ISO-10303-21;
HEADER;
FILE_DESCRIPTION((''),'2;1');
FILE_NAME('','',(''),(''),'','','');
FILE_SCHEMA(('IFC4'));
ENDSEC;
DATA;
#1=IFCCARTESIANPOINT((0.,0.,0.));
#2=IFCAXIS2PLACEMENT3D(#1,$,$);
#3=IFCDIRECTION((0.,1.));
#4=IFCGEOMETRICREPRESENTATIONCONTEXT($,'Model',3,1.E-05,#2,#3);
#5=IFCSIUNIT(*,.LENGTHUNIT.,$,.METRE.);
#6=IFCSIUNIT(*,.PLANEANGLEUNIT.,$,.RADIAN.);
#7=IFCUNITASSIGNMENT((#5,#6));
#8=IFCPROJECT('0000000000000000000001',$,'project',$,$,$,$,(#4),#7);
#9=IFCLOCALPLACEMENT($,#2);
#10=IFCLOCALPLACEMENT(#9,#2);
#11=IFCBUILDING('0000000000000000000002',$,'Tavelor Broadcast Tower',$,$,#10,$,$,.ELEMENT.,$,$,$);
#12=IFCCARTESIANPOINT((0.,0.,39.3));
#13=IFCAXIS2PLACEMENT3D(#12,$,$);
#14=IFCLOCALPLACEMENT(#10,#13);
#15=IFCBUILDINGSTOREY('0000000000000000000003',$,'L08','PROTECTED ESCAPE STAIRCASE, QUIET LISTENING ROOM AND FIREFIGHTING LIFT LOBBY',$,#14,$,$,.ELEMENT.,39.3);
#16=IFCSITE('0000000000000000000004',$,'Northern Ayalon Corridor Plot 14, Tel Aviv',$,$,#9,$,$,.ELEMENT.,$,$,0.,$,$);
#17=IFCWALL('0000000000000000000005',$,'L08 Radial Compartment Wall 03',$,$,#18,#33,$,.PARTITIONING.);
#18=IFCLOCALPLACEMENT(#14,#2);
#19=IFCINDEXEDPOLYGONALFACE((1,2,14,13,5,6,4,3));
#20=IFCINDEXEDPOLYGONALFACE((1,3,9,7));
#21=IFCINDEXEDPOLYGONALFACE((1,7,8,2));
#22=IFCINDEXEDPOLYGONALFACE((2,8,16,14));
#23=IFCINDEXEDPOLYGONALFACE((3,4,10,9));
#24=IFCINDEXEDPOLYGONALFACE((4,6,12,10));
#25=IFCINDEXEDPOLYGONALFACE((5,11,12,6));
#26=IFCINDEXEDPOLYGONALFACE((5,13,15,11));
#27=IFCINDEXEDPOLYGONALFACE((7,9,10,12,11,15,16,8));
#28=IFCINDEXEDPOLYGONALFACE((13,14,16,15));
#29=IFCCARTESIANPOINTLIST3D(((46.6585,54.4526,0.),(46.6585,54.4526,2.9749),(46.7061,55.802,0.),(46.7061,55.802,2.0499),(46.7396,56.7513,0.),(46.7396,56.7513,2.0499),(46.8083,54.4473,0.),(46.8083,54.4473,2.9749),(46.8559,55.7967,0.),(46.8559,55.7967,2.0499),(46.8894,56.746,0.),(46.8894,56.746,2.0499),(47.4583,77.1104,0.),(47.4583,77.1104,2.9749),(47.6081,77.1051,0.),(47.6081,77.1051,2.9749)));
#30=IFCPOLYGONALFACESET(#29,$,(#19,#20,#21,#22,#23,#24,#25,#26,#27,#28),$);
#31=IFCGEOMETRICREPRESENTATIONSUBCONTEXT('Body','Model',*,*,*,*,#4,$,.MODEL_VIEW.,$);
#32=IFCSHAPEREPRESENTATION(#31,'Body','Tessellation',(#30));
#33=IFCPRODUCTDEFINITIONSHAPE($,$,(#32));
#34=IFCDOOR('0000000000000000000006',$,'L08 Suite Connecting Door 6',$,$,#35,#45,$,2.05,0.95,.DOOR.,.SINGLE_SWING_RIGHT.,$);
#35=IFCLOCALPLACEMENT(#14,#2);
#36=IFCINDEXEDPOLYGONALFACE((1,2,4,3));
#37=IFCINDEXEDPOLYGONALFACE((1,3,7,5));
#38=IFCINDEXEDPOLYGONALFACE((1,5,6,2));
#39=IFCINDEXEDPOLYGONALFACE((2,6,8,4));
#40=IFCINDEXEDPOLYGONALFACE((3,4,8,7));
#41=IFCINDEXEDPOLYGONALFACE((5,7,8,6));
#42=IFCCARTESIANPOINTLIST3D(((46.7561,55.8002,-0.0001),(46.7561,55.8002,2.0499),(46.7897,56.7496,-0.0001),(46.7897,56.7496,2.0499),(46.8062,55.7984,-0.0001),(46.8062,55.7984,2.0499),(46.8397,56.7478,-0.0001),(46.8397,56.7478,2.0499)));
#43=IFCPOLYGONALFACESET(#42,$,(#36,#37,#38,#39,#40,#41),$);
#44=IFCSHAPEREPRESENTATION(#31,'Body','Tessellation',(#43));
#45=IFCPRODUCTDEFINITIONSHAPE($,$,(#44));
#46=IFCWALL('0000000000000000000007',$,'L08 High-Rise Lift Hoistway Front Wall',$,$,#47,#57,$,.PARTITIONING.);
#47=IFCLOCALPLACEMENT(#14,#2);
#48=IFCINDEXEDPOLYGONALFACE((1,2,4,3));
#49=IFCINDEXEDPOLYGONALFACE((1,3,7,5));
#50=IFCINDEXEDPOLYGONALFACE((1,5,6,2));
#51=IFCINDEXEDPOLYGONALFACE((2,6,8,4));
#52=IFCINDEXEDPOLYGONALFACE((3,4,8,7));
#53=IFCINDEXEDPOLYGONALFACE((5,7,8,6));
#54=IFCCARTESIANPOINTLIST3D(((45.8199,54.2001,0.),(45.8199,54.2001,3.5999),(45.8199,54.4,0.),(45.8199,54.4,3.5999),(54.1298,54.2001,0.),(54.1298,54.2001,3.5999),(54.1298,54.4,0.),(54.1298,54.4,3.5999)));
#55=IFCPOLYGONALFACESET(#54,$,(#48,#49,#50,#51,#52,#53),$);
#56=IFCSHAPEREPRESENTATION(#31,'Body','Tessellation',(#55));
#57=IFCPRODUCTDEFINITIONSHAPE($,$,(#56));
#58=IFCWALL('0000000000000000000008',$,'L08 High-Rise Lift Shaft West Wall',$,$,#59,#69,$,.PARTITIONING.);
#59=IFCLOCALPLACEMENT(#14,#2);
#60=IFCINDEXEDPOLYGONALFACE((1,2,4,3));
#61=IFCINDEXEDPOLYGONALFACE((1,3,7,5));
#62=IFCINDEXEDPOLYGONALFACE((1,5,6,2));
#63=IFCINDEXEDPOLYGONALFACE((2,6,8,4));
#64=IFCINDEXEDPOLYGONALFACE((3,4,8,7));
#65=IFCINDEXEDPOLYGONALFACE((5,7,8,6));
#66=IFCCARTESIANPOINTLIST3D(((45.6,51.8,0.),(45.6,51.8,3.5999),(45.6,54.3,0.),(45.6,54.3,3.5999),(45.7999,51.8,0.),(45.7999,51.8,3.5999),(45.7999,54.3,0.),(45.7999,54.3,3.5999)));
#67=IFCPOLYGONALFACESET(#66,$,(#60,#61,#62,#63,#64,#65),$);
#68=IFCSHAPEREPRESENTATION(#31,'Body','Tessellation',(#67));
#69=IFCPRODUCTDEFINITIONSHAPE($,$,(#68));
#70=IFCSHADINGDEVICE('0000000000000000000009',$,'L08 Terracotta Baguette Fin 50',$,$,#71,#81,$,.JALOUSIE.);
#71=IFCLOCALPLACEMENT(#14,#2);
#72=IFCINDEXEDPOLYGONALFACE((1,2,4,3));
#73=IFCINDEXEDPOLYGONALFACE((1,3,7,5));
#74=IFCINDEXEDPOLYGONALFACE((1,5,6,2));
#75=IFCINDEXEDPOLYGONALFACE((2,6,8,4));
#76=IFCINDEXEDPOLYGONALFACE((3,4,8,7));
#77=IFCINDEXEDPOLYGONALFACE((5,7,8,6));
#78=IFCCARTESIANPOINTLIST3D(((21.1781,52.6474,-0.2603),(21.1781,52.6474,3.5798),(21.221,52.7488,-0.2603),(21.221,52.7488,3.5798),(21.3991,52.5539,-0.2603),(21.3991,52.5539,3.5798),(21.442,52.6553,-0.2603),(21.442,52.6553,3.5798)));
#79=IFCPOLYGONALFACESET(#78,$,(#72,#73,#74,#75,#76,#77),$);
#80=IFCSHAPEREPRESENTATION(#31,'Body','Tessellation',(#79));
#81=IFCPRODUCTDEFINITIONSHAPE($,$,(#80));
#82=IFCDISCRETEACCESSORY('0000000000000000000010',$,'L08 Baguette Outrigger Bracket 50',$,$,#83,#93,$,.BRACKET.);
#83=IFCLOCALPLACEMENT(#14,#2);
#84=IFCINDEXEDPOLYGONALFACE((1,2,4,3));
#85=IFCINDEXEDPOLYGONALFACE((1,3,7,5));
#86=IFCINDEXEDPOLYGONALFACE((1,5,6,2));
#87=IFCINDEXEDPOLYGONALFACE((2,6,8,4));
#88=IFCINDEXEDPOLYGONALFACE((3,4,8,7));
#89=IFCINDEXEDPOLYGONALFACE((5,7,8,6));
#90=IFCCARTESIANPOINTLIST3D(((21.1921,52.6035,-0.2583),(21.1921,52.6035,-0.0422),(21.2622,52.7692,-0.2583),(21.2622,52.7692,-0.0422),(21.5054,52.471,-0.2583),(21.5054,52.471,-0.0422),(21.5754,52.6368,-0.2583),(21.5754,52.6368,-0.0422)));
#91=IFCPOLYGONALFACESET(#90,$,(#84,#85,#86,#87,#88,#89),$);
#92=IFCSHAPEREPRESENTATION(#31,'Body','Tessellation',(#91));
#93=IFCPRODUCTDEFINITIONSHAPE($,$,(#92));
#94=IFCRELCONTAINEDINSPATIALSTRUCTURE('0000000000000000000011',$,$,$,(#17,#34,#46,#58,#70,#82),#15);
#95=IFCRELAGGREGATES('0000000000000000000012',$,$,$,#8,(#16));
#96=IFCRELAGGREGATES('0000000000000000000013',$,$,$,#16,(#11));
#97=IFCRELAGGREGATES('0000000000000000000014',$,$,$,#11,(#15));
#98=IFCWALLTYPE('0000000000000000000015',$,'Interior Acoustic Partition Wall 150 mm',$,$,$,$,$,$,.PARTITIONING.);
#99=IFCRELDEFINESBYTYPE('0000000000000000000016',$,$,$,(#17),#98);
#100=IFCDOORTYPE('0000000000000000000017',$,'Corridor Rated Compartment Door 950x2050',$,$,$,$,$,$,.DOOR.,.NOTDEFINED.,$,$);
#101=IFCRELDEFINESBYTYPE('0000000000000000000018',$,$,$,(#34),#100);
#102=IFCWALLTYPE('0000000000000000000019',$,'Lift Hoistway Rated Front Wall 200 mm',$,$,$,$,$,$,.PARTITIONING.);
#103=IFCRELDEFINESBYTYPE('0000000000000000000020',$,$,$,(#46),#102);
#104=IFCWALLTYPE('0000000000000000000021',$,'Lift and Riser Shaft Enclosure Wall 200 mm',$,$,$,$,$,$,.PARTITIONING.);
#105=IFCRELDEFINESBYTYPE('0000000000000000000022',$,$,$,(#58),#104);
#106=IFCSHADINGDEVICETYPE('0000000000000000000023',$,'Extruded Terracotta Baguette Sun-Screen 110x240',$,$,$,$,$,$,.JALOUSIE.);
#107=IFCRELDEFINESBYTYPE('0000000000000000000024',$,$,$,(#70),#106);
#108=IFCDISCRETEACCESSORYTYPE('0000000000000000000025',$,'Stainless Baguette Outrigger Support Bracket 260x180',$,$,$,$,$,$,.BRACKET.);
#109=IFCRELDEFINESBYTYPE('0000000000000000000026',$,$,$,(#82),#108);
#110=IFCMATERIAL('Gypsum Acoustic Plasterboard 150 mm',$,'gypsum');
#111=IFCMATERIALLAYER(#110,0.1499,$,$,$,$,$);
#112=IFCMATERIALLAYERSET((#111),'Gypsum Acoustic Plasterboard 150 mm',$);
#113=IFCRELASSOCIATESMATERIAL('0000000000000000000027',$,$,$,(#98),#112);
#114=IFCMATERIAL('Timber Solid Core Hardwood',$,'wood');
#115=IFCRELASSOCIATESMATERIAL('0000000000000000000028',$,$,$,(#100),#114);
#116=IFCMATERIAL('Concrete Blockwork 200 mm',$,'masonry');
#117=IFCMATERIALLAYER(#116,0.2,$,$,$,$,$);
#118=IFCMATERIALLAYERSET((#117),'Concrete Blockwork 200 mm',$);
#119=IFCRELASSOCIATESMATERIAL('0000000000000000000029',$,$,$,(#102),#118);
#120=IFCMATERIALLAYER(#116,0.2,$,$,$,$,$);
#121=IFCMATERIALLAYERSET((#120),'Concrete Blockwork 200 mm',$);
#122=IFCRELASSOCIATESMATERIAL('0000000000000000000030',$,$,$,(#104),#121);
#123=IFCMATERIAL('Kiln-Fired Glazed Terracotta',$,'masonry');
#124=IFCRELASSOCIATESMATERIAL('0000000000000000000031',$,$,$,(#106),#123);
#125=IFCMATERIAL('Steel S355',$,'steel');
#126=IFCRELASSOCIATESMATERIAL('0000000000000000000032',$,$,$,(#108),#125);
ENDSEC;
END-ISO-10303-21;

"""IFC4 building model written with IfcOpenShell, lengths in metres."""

from ifc_helpers import new_model, si_unit, direction, frame, frame_2d, origin, origin_2d, place, context, subcontext, project, spatial, rectangle, extrude, source, transform, mapped, material, layer, layer_set, type_object, type_shapes, element, fill, save


model = new_model("IFC4")

# Units and contexts
model_context = context("Model", 3, precision=1e-05, world=origin(), true_north=direction((0.0, 1.0)))
body_context = subcontext(model_context, "Body", "Model", "MODEL_VIEW")
ifc_project = project(units=[si_unit("LENGTHUNIT", "METRE"), si_unit("PLANEANGLEUNIT", "RADIAN")], contexts=[model_context])

# Site, building, storey
site_placement = place(None, origin())
site = spatial("IfcSite", under=ifc_project, at=site_placement, Name="Northern Ayalon Corridor Plot 14, Tel Aviv", CompositionType="ELEMENT", RefElevation=0.0)
building_placement = place(site_placement, origin())
building = spatial("IfcBuilding", under=site, at=building_placement, Name="Tavelor Broadcast Tower", CompositionType="ELEMENT")
storey_placement = place(building_placement, frame((0.0, 0.0, 39.3)))
storey = spatial("IfcBuildingStorey", under=building, at=storey_placement, Name="L08", Description="PROTECTED ESCAPE STAIRCASE, QUIET LISTENING ROOM AND FIREFIGHTING LIFT LOBBY", CompositionType="ELEMENT", Elevation=39.3)

# Shared definitions
ifc_material_1 = material(Name="Steel S355", Category="steel")

# Wall, opening, door
ifc_material_2 = material(Name="Gypsum Acoustic Plasterboard 150 mm", Category="gypsum")
ifc_layer_1 = layer(ifc_material_2, 0.1499)
ifc_layer_set_1 = layer_set([ifc_layer_1], Name="Gypsum Acoustic Plasterboard 150 mm")
wall_type_1 = type_object("IfcWallType", Name="Interior Acoustic Partition Wall 150 mm", PredefinedType="PARTITIONING", material=ifc_layer_set_1)
wall_1_placement = place(storey_placement, frame((46.7334, 54.45, 0.0), z_axis=(0.0, 0.0, 1.0), x_axis=(0.035277, 0.999378, 0.0)))
wall_1 = element("IfcWall", 1, at=wall_1_placement, inside=storey, type_object=wall_type_1, Name="L08 Radial Compartment Wall 03", PredefinedType="PARTITIONING", context=body_context, shape_type="SweptSolid", body=[
    extrude(rectangle(XDim=22.6719, YDim=0.1499, at=frame_2d((11.3359, 0.0))), origin(), (0.0, 0.0, 1.0), 2.9749),
])
opening_1_placement = place(wall_1_placement, frame((1.3501, 0.0, 0.0)))
opening_1 = element("IfcOpeningElement", 2, at=opening_1_placement, cuts=wall_1, PredefinedType="OPENING", context=body_context, shape_type="SweptSolid", body=[
    extrude(rectangle(XDim=0.95, YDim=2.05, at=frame_2d((0.4751, 1.0249))), frame((0.0, 0.085, 0.0), z_axis=(0.0, -1.0, 0.0), x_axis=(1.0, 0.0, 0.0)), (0.0, 0.0, 1.0), 0.1699),
])
ifc_material_3 = material(Name="Timber Solid Core Hardwood", Category="wood")
door_type_1 = type_object("IfcDoorType", Name="Corridor Rated Compartment Door 950x2050", OperationType="NOTDEFINED", PredefinedType="DOOR", material=ifc_material_3)
door_1_placement = place(opening_1_placement, origin())
door_1 = element("IfcDoor", 3, at=door_1_placement, inside=storey, type_object=door_type_1, Name="L08 Suite Connecting Door 6", OperationType="SINGLE_SWING_RIGHT", OverallHeight=2.05, OverallWidth=0.95, PredefinedType="DOOR", context=body_context, shape_type="SweptSolid", body=[
    extrude(rectangle(XDim=0.95, YDim=2.05, at=frame_2d((0.4751, 1.0249))), frame((0.0, 0.0249, 0.0), z_axis=(0.0, -1.0, 0.0), x_axis=(1.0, 0.0, 0.0)), (0.0, 0.0, 1.0), 0.05),
])
fill(opening_1, door_1)

# Walls
ifc_material_4 = material(Name="Concrete Blockwork 200 mm", Category="masonry")
ifc_layer_2 = layer(ifc_material_4, 0.2)
ifc_layer_set_2 = layer_set([ifc_layer_2], Name="Concrete Blockwork 200 mm")
wall_type_2 = type_object("IfcWallType", Name="Lift Hoistway Rated Front Wall 200 mm", PredefinedType="PARTITIONING", material=ifc_layer_set_2)
wall_2_placement = place(storey_placement, frame((45.8201, 54.3, 0.0), z_axis=(0.0, 0.0, 1.0), x_axis=(1.0, 0.0, 0.0)))
element("IfcWall", 4, at=wall_2_placement, inside=storey, type_object=wall_type_2, Name="L08 High-Rise Lift Hoistway Front Wall", PredefinedType="PARTITIONING", context=body_context, shape_type="SweptSolid", body=[
    extrude(rectangle(XDim=8.3098, YDim=0.2, at=frame_2d((4.1548, 0.0))), origin(), (0.0, 0.0, 1.0), 3.5999),
])
ifc_layer_3 = layer(ifc_material_4, 0.2)
ifc_layer_set_3 = layer_set([ifc_layer_3], Name="Concrete Blockwork 200 mm")
wall_type_3 = type_object("IfcWallType", Name="Lift and Riser Shaft Enclosure Wall 200 mm", PredefinedType="PARTITIONING", material=ifc_layer_set_3)
wall_3_placement = place(storey_placement, frame((45.7, 51.8, 0.0), z_axis=(0.0, 0.0, 1.0), x_axis=(0.0, 1.0, 0.0)))
element("IfcWall", 5, at=wall_3_placement, inside=storey, type_object=wall_type_3, Name="L08 High-Rise Lift Shaft West Wall", PredefinedType="PARTITIONING", context=body_context, shape_type="SweptSolid", body=[
    extrude(rectangle(XDim=2.5, YDim=0.2, at=frame_2d((1.25, 0.0))), origin(), (0.0, 0.0, 1.0), 3.5999),
])

# Shading device
ifc_material_5 = material(Name="Kiln-Fired Glazed Terracotta", Category="masonry")
shading_device_type = type_object("IfcShadingDeviceType", Name="Extruded Terracotta Baguette Sun-Screen 110x240", PredefinedType="JALOUSIE", material=ifc_material_5)
shared_shape_1 = source(origin(), body_context, "Body", "SweptSolid", [
    extrude(rectangle(XDim=0.1101, YDim=0.24, at=origin_2d()), origin(), (0.0, 0.0, 1.0), 3.8401),
])
type_shapes(shading_device_type, [shared_shape_1])
shading_device_placement = place(storey_placement, frame((21.3101, 52.6514, -0.2603), z_axis=(0.0, 0.0, 1.0), x_axis=(-0.389445, -0.92105, 0.0)))
element("IfcShadingDevice", 6, at=shading_device_placement, inside=storey, type_object=shading_device_type, Name="L08 Terracotta Baguette Fin 50", PredefinedType="JALOUSIE", context=body_context, shape_type="MappedRepresentation", body=[
    mapped(shared_shape_1, transform((0.0, 0.0, 0.0), scale=1.0)),
])

# Discrete accessory
discrete_accessory_type = type_object("IfcDiscreteAccessoryType", Name="Stainless Baguette Outrigger Support Bracket 260x180", PredefinedType="BRACKET", material=ifc_material_1)
shared_shape_2 = source(origin(), body_context, "Body", "SweptSolid", [
    extrude(rectangle(XDim=0.1799, YDim=0.3401, at=origin_2d()), origin(), (0.0, 0.0, 1.0), 0.2161),
])
type_shapes(discrete_accessory_type, [shared_shape_2])
discrete_accessory_placement = place(storey_placement, frame((21.3838, 52.6201, -0.2583), z_axis=(0.0, 0.0, 1.0), x_axis=(-0.389445, -0.92105, 0.0)))
element("IfcDiscreteAccessory", 7, at=discrete_accessory_placement, inside=storey, type_object=discrete_accessory_type, Name="L08 Baguette Outrigger Bracket 50", PredefinedType="BRACKET", context=body_context, shape_type="MappedRepresentation", body=[
    mapped(shared_shape_2, transform((0.0, 0.0, 0.0), scale=1.0)),
])

save(model, "model.ifc")
